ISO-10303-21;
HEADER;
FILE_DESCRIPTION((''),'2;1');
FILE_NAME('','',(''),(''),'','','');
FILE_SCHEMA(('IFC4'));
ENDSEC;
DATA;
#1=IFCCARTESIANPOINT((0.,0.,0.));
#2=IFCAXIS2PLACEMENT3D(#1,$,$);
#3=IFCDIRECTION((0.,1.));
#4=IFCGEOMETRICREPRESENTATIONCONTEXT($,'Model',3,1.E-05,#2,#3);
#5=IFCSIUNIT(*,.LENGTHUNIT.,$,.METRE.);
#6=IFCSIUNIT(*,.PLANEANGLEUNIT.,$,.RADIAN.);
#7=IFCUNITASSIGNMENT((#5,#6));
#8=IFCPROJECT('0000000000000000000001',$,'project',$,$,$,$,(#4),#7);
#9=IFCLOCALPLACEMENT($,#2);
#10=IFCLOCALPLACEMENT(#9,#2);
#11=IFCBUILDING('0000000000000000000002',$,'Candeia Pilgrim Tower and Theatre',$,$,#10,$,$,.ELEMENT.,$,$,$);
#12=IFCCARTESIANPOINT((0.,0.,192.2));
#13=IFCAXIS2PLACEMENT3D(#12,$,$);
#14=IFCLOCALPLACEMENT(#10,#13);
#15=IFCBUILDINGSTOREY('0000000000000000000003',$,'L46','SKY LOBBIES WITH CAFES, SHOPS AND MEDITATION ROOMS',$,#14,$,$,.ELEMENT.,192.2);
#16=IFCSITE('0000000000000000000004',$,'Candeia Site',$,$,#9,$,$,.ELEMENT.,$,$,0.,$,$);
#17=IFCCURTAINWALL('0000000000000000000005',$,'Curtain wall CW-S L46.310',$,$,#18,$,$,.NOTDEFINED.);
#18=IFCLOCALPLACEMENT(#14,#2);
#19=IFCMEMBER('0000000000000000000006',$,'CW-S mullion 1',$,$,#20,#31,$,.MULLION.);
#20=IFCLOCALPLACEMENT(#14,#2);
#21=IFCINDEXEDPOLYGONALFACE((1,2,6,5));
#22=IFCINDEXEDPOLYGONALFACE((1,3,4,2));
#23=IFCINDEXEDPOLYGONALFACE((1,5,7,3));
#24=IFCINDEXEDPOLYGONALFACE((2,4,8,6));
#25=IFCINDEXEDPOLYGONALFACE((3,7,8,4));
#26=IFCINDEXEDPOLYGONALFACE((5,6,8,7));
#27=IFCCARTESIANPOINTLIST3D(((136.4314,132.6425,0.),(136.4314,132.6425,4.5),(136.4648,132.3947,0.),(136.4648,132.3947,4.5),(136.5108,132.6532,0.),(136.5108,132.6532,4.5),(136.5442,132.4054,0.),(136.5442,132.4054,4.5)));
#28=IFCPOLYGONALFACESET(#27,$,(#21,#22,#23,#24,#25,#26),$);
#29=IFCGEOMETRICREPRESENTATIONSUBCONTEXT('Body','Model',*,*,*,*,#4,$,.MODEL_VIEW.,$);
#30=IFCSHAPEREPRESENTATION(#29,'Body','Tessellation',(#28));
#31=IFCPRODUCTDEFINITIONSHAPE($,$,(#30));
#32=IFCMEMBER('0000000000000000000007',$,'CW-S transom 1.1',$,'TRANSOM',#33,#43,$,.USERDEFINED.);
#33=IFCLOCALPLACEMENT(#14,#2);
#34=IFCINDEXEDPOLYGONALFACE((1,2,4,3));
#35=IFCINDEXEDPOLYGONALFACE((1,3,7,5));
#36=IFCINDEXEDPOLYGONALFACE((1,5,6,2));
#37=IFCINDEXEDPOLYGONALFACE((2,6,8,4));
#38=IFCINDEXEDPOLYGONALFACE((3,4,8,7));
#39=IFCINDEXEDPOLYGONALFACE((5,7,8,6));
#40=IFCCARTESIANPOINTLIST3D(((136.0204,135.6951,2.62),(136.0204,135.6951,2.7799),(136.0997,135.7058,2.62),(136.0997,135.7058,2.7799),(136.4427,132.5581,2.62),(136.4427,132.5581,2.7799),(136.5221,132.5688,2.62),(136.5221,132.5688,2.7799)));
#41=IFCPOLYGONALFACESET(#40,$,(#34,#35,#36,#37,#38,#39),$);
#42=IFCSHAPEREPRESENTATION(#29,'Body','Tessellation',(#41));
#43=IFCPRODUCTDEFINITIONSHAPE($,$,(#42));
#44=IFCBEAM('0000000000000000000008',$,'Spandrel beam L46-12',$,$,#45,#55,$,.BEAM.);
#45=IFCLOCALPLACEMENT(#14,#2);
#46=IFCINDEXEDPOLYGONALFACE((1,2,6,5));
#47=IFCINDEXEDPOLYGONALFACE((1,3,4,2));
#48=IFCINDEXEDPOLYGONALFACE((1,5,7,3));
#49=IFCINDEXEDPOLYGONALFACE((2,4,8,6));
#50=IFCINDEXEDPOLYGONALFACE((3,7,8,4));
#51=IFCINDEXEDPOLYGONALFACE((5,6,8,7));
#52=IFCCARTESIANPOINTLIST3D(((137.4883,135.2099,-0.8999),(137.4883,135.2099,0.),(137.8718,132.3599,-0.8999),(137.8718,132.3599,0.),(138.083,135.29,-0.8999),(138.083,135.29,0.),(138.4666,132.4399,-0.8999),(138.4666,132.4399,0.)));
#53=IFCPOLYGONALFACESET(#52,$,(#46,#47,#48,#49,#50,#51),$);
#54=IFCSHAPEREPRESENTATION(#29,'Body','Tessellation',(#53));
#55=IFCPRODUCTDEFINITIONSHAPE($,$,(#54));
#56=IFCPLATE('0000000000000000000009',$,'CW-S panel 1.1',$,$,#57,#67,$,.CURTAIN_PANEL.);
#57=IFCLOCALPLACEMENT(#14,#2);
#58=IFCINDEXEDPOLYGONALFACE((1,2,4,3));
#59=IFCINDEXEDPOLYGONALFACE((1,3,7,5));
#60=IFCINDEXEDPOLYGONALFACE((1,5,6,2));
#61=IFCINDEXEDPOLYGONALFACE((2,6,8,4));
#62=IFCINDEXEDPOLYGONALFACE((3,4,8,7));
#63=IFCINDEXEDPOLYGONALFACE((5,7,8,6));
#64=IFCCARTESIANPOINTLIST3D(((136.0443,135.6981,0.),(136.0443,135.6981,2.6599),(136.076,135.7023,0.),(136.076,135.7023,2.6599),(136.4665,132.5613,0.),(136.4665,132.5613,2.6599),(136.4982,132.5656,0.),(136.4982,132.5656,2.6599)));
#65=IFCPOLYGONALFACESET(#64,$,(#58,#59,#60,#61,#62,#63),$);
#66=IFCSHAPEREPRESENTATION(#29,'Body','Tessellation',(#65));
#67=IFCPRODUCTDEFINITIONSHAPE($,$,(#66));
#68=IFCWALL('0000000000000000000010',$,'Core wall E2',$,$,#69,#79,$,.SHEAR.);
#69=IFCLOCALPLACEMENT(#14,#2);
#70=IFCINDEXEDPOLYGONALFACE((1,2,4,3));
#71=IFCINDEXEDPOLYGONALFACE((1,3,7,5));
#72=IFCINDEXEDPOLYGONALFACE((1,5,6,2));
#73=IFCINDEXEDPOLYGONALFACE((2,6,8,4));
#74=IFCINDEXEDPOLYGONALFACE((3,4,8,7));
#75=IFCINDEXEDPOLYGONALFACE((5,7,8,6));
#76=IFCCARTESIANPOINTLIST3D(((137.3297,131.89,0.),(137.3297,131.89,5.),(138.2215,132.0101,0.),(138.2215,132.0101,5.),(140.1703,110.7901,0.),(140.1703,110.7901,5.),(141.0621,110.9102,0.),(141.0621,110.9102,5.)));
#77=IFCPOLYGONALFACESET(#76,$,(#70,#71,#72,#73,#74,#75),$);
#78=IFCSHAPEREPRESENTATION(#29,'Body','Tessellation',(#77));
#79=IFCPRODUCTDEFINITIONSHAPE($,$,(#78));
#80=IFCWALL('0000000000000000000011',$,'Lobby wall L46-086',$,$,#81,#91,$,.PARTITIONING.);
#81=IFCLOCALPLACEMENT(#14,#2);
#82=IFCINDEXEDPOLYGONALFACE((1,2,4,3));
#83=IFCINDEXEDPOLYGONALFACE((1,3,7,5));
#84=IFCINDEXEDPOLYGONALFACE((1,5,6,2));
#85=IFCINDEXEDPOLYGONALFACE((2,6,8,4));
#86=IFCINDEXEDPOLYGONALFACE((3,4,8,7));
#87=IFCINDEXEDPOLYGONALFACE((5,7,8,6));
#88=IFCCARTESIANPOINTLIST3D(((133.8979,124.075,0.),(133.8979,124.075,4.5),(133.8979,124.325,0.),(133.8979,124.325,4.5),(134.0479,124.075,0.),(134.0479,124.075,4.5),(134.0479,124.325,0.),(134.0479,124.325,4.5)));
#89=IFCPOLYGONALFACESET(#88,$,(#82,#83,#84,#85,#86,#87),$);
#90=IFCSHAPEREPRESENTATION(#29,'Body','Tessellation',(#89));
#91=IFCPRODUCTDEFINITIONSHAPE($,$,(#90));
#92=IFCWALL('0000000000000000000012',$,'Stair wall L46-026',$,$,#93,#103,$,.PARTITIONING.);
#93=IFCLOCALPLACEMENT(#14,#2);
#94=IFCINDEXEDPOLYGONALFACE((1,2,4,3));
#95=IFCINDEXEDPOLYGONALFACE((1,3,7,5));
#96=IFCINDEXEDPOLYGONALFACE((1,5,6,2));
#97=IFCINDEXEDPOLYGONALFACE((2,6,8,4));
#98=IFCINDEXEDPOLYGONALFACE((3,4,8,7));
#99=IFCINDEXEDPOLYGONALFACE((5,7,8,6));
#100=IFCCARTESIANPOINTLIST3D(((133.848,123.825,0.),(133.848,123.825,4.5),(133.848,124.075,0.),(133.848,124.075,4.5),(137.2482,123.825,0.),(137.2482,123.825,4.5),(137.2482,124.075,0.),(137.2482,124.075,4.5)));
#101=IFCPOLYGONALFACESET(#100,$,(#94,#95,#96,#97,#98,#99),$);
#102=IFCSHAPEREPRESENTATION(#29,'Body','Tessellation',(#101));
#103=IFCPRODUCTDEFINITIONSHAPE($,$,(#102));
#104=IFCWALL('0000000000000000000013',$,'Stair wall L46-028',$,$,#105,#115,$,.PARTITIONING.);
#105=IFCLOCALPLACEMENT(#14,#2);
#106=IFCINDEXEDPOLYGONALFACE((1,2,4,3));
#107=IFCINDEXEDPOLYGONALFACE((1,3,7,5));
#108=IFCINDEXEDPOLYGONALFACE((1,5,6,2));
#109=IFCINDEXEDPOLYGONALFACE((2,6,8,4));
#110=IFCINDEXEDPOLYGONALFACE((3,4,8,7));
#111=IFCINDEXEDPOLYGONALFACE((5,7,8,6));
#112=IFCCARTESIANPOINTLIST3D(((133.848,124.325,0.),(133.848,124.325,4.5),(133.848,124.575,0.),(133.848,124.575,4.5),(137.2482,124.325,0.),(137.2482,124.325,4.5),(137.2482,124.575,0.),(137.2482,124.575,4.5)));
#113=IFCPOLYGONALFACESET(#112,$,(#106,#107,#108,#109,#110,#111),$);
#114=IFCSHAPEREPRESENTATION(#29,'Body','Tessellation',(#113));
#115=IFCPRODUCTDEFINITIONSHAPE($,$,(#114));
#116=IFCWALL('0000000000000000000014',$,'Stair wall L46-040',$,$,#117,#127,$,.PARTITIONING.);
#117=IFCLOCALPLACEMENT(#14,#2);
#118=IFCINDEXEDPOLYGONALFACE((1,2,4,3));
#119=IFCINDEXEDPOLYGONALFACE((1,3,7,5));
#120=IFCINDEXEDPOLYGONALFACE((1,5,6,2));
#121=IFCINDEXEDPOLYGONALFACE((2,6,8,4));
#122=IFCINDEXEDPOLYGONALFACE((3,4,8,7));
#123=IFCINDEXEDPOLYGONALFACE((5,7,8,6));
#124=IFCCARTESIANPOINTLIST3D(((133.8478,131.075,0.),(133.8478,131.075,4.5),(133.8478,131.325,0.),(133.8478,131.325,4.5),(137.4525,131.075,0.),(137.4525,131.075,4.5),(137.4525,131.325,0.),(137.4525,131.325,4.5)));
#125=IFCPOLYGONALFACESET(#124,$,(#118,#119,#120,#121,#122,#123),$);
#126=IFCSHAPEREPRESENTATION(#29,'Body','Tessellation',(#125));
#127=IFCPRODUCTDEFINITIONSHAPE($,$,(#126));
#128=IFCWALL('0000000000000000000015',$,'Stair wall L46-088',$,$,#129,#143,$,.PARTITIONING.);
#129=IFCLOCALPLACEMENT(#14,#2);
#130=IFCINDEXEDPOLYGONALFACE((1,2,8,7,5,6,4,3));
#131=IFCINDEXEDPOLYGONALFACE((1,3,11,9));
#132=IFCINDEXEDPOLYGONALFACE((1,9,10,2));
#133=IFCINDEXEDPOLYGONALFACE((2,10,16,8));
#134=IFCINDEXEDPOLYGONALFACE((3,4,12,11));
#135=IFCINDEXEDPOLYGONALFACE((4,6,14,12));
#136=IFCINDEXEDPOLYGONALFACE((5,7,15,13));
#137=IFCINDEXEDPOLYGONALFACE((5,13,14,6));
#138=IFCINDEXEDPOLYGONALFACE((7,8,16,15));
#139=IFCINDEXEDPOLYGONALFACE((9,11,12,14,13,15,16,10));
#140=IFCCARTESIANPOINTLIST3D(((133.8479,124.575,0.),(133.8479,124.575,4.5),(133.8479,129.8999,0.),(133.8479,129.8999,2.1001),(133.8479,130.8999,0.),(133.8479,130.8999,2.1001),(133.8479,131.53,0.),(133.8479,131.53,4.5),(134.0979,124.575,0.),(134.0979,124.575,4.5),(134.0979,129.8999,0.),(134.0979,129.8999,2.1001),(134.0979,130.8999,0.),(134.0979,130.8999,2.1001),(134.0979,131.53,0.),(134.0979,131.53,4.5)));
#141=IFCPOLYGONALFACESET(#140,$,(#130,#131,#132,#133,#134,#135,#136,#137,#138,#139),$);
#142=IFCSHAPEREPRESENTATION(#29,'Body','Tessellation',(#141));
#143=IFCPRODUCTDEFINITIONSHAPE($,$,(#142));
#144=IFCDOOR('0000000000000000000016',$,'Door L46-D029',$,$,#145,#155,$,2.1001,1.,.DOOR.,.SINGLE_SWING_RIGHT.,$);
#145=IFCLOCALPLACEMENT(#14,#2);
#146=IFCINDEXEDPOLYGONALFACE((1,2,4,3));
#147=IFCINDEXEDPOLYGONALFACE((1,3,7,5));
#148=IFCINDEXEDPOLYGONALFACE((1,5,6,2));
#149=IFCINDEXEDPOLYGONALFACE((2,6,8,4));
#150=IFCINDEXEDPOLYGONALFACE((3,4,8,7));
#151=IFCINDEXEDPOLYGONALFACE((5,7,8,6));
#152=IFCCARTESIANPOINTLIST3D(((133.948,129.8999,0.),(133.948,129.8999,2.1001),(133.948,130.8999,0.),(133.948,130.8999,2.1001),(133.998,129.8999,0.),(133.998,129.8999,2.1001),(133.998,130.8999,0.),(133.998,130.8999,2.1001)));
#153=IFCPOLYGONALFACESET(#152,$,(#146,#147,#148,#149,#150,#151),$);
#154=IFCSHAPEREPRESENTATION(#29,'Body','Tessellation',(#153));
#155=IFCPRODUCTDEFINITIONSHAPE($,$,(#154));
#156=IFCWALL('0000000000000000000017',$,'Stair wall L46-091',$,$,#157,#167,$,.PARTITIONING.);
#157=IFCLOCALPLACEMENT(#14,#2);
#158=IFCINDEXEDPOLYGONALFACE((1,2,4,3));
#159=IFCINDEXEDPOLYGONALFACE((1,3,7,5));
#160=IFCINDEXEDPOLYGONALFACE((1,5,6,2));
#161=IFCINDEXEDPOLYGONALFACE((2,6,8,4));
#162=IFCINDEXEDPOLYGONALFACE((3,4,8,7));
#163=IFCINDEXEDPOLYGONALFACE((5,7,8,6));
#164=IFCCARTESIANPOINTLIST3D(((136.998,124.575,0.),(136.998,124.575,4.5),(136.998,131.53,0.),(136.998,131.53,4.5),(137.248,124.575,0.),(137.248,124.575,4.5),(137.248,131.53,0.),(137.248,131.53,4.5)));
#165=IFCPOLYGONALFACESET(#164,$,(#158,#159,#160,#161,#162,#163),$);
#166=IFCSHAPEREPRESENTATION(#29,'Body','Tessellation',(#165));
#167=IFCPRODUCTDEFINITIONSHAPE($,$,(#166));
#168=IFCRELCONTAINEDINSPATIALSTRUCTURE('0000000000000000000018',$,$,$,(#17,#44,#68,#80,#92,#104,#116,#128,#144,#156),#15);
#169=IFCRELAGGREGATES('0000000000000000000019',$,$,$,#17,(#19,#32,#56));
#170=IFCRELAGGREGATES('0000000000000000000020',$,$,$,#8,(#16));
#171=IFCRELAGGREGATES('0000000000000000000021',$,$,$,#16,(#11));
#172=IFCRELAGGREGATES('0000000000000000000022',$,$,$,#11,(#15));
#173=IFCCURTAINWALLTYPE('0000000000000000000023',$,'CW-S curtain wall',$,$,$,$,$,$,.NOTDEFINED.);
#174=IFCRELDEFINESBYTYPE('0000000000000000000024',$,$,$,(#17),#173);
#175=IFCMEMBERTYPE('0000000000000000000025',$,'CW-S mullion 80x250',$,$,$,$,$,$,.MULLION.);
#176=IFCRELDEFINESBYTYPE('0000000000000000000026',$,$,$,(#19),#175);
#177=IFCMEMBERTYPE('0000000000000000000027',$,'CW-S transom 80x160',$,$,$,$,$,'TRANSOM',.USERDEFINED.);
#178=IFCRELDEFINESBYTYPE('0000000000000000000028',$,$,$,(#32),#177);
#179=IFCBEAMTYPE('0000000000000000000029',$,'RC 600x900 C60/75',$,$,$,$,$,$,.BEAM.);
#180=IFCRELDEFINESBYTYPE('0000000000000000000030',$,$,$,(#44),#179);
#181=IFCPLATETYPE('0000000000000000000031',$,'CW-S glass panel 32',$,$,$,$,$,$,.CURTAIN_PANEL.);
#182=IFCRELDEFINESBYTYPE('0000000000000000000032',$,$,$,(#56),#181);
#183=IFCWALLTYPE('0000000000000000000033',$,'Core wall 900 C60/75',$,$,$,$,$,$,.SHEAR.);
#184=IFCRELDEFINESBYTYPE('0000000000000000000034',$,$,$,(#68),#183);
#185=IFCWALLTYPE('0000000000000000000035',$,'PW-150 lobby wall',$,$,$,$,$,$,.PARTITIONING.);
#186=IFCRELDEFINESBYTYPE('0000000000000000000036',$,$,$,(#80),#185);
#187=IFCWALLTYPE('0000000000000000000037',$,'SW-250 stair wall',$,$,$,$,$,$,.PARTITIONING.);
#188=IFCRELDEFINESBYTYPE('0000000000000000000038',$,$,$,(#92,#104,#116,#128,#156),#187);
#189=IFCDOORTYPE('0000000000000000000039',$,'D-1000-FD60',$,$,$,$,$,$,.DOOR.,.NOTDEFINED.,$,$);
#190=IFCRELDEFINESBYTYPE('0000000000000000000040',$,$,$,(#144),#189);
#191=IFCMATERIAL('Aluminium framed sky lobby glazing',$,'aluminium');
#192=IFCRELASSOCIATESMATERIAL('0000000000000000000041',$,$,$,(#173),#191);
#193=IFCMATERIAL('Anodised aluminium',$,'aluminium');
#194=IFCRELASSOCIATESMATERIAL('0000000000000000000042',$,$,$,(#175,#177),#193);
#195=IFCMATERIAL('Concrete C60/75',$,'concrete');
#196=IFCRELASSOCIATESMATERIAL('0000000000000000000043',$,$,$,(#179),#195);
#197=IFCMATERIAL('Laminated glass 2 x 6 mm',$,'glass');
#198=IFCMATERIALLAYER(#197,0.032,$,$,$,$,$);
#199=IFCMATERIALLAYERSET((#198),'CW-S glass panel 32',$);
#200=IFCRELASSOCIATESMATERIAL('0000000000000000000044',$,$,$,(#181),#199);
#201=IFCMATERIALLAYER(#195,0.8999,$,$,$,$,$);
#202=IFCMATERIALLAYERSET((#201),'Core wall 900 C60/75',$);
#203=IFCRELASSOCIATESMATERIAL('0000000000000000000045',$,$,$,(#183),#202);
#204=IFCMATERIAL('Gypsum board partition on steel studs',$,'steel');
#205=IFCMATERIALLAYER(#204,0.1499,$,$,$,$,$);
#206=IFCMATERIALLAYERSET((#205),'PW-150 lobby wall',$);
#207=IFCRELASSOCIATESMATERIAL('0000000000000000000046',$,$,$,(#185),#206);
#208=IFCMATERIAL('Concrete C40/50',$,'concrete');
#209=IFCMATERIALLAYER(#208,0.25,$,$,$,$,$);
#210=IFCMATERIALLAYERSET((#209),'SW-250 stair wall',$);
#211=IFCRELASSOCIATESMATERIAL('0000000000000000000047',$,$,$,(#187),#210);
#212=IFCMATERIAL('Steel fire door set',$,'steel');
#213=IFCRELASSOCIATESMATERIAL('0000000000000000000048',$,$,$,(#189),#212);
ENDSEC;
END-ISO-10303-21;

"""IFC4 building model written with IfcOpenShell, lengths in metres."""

from ifc_helpers import new_model, si_unit, direction, frame, frame_2d, origin, origin_2d, place, context, subcontext, project, spatial, rectangle, extrude, material, layer, layer_set, material_profile, profile_set, type_object, element, fill, aggregate, save


model = new_model("IFC4")

# Units and contexts
model_context = context("Model", 3, precision=1e-05, world=origin(), true_north=direction((0.0, 1.0)))
body_context = subcontext(model_context, "Body", "Model", "MODEL_VIEW")
ifc_project = project(units=[si_unit("LENGTHUNIT", "METRE"), si_unit("PLANEANGLEUNIT", "RADIAN")], contexts=[model_context])

# Site, building, storey
site_placement = place(None, origin())
site = spatial("IfcSite", under=ifc_project, at=site_placement, Name="Candeia Site", CompositionType="ELEMENT", RefElevation=0.0)
building_placement = place(site_placement, origin())
building = spatial("IfcBuilding", under=site, at=building_placement, Name="Candeia Pilgrim Tower and Theatre", CompositionType="ELEMENT")
storey_placement = place(building_placement, frame((0.0, 0.0, 192.2)))
storey = spatial("IfcBuildingStorey", under=building, at=storey_placement, Name="L46", Description="SKY LOBBIES WITH CAFES, SHOPS AND MEDITATION ROOMS", CompositionType="ELEMENT", Elevation=192.2)

# Curtain wall, members
ifc_material_1 = material(Name="Aluminium framed sky lobby glazing", Category="aluminium")
curtain_wall_type = type_object("IfcCurtainWallType", Name="CW-S curtain wall", PredefinedType="NOTDEFINED", material=ifc_material_1)
curtain_wall_placement = place(storey_placement, origin())
curtain_wall = element("IfcCurtainWall", 1, at=curtain_wall_placement, inside=storey, type_object=curtain_wall_type, Name="Curtain wall CW-S L46.310", PredefinedType="NOTDEFINED")
ifc_material_2 = material(Name="Anodised aluminium", Category="aluminium")
ifc_material_profile_1 = material_profile(ifc_material_2, rectangle(XDim=0.0801, YDim=0.25, at=origin_2d()))
ifc_profile_set_1 = profile_set([ifc_material_profile_1], Name="Anodised aluminium")
member_type_1 = type_object("IfcMemberType", Name="CW-S mullion 80x250", PredefinedType="MULLION", material=ifc_profile_set_1)
member_1_placement = place(storey_placement, frame((136.4878, 132.5239, 0.0), z_axis=(0.0, 0.0, 1.0), x_axis=(-0.991061, -0.133412, 0.0)))
member_1 = element("IfcMember", 2, at=member_1_placement, type_object=member_type_1, Name="CW-S mullion 1", PredefinedType="MULLION", context=body_context, shape_type="SweptSolid", body=[
    extrude(rectangle(XDim=0.0801, YDim=0.25, at=origin_2d()), origin(), (0.0, 0.0, 1.0), 4.5),
])
ifc_material_profile_2 = material_profile(ifc_material_2, rectangle(XDim=0.0801, YDim=0.1599, at=origin_2d()))
ifc_profile_set_2 = profile_set([ifc_material_profile_2], Name="Anodised aluminium")
member_type_2 = type_object("IfcMemberType", Name="CW-S transom 80x160", ElementType="TRANSOM", PredefinedType="USERDEFINED", material=ifc_profile_set_2)
member_2_placement = place(storey_placement, frame((136.4824, 132.5635, 2.7), z_axis=(-0.133437, 0.991057, 0.0), x_axis=(-0.991057, -0.133437, 0.0)))
member_2 = element("IfcMember", 3, at=member_2_placement, type_object=member_type_2, Name="CW-S transom 1.1", ObjectType="TRANSOM", PredefinedType="USERDEFINED", context=body_context, shape_type="SweptSolid", body=[
    extrude(rectangle(XDim=0.0801, YDim=0.1599, at=origin_2d()), origin(), (0.0, 0.0, 1.0), 3.1653),
])

# Beam
ifc_material_3 = material(Name="Concrete C60/75", Category="concrete")
ifc_material_profile_3 = material_profile(ifc_material_3, rectangle(XDim=0.6001, YDim=0.8999, at=origin_2d()))
ifc_profile_set_3 = profile_set([ifc_material_profile_3], Name="Concrete C60/75")
beam_type = type_object("IfcBeamType", Name="RC 600x900 C60/75", PredefinedType="BEAM", material=ifc_profile_set_3)
beam_placement = place(storey_placement, frame((138.1692, 132.3999, -0.45), z_axis=(-0.13337, 0.991066, 0.0), x_axis=(-0.991066, -0.13337, 0.0)))
element("IfcBeam", 4, at=beam_placement, inside=storey, type_object=beam_type, Name="Spandrel beam L46-12", PredefinedType="BEAM", context=body_context, shape_type="SweptSolid", body=[
    extrude(rectangle(XDim=0.6001, YDim=0.8999, at=origin_2d()), origin(), (0.0, 0.0, 1.0), 2.8757),
])

# Plate
ifc_material_4 = material(Name="Laminated glass 2 x 6 mm", Category="glass")
ifc_layer_1 = layer(ifc_material_4, 0.032)
ifc_layer_set_1 = layer_set([ifc_layer_1], Name="CW-S glass panel 32")
plate_type = type_object("IfcPlateType", Name="CW-S glass panel 32", PredefinedType="CURTAIN_PANEL", material=ifc_layer_set_1)
plate_placement = place(storey_placement, frame((136.2712, 134.1318, 0.0), z_axis=(0.0, 0.0, 1.0), x_axis=(-0.133412, 0.991061, 0.0)))
plate = element("IfcPlate", 5, at=plate_placement, type_object=plate_type, Name="CW-S panel 1.1", PredefinedType="CURTAIN_PANEL", context=body_context, shape_type="SweptSolid", body=[
    extrude(rectangle(XDim=3.165, YDim=0.032, at=origin_2d()), origin(), (0.0, 0.0, 1.0), 2.6599),
])
aggregate(curtain_wall, [member_1, member_2, plate])

# Walls
ifc_layer_2 = layer(ifc_material_3, 0.8999)
ifc_layer_set_2 = layer_set([ifc_layer_2], Name="Core wall 900 C60/75")
wall_type_1 = type_object("IfcWallType", Name="Core wall 900 C60/75", PredefinedType="SHEAR", material=ifc_layer_set_2)
wall_1_placement = place(storey_placement, frame((137.7756, 131.95, 0.0), z_axis=(0.0, 0.0, 1.0), x_axis=(0.133422, -0.991059, 0.0)))
element("IfcWall", 6, at=wall_1_placement, inside=storey, type_object=wall_type_1, Name="Core wall E2", PredefinedType="SHEAR", context=body_context, shape_type="SweptSolid", body=[
    extrude(rectangle(XDim=21.2903, YDim=0.8999, at=frame_2d((10.645, 0.0))), origin(), (0.0, 0.0, 1.0), 5.0),
])
ifc_material_5 = material(Name="Gypsum board partition on steel studs", Category="steel")
ifc_layer_3 = layer(ifc_material_5, 0.1499)
ifc_layer_set_3 = layer_set([ifc_layer_3], Name="PW-150 lobby wall")
wall_type_2 = type_object("IfcWallType", Name="PW-150 lobby wall", PredefinedType="PARTITIONING", material=ifc_layer_set_3)
wall_2_placement = place(storey_placement, frame((133.9729, 124.075, 0.0), z_axis=(0.0, 0.0, 1.0), x_axis=(0.0, 1.0, 0.0)))
element("IfcWall", 7, at=wall_2_placement, inside=storey, type_object=wall_type_2, Name="Lobby wall L46-086", PredefinedType="PARTITIONING", context=body_context, shape_type="SweptSolid", body=[
    extrude(rectangle(XDim=0.25, YDim=0.1499, at=frame_2d((0.125, 0.0))), origin(), (0.0, 0.0, 1.0), 4.5),
])
ifc_material_6 = material(Name="Concrete C40/50", Category="concrete")
ifc_layer_4 = layer(ifc_material_6, 0.25)
ifc_layer_set_4 = layer_set([ifc_layer_4], Name="SW-250 stair wall")
wall_type_3 = type_object("IfcWallType", Name="SW-250 stair wall", PredefinedType="PARTITIONING", material=ifc_layer_set_4)
for number, where, z_axis, x_axis, name in (
    (8, (133.8479, 123.95, 0.0), (0.0, 0.0, 1.0), (1.0, 0.0, 0.0), "Stair wall L46-026"),
    (9, (133.8479, 124.45, 0.0), (0.0, 0.0, 1.0), (1.0, 0.0, 0.0), "Stair wall L46-028"),
):
    element("IfcWall", number, at=place(storey_placement, frame(where, z_axis=z_axis, x_axis=x_axis)), inside=storey, type_object=wall_type_3, Name=name, PredefinedType="PARTITIONING", context=body_context, shape_type="SweptSolid", body=[
        extrude(rectangle(XDim=3.4001, YDim=0.25, at=frame_2d((1.7002, 0.0))), origin(), (0.0, 0.0, 1.0), 4.5),
    ])
wall_3_placement = place(storey_placement, frame((133.8479, 131.2, 0.0), z_axis=(0.0, 0.0, 1.0), x_axis=(1.0, 0.0, 0.0)))
element("IfcWall", 10, at=wall_3_placement, inside=storey, type_object=wall_type_3, Name="Stair wall L46-040", PredefinedType="PARTITIONING", context=body_context, shape_type="SweptSolid", body=[
    extrude(rectangle(XDim=3.6047, YDim=0.25, at=frame_2d((1.8022, 0.0))), origin(), (0.0, 0.0, 1.0), 4.5),
])

# Wall, opening, door
wall_4_placement = place(storey_placement, frame((133.9729, 124.575, 0.0), z_axis=(0.0, 0.0, 1.0), x_axis=(0.0, 1.0, 0.0)))
wall_4 = element("IfcWall", 11, at=wall_4_placement, inside=storey, type_object=wall_type_3, Name="Stair wall L46-088", PredefinedType="PARTITIONING", context=body_context, shape_type="SweptSolid", body=[
    extrude(rectangle(XDim=6.9551, YDim=0.25, at=frame_2d((3.4775, 0.0))), origin(), (0.0, 0.0, 1.0), 4.5),
])
opening_placement = place(wall_4_placement, frame((5.325, 0.0, 0.0)))
opening = element("IfcOpeningElement", 12, at=opening_placement, cuts=wall_4, PredefinedType="OPENING", context=body_context, shape_type="SweptSolid", body=[
    extrude(rectangle(XDim=1.0, YDim=2.1001, at=frame_2d((0.5, 1.05))), frame((0.0, 0.135, 0.0), z_axis=(0.0, -1.0, 0.0), x_axis=(1.0, 0.0, 0.0)), (0.0, 0.0, 1.0), 0.27),
])
ifc_material_7 = material(Name="Steel fire door set", Category="steel")
door_type = type_object("IfcDoorType", Name="D-1000-FD60", OperationType="NOTDEFINED", PredefinedType="DOOR", material=ifc_material_7)
door_placement = place(opening_placement, origin())
door = element("IfcDoor", 13, at=door_placement, inside=storey, type_object=door_type, Name="Door L46-D029", OperationType="SINGLE_SWING_RIGHT", OverallHeight=2.1001, OverallWidth=1.0, PredefinedType="DOOR", context=body_context, shape_type="SweptSolid", body=[
    extrude(rectangle(XDim=1.0, YDim=2.1001, at=frame_2d((0.5, 1.05))), frame((0.0, 0.0249, 0.0), z_axis=(0.0, -1.0, 0.0), x_axis=(1.0, 0.0, 0.0)), (0.0, 0.0, 1.0), 0.05),
])
fill(opening, door)

# Wall
wall_5_placement = place(storey_placement, frame((137.123, 124.575, 0.0), z_axis=(0.0, 0.0, 1.0), x_axis=(0.0, 1.0, 0.0)))
element("IfcWall", 14, at=wall_5_placement, inside=storey, type_object=wall_type_3, Name="Stair wall L46-091", PredefinedType="PARTITIONING", context=body_context, shape_type="SweptSolid", body=[
    extrude(rectangle(XDim=6.9551, YDim=0.25, at=frame_2d((3.4775, 0.0))), origin(), (0.0, 0.0, 1.0), 4.5),
])

save(model, "model.ifc")
